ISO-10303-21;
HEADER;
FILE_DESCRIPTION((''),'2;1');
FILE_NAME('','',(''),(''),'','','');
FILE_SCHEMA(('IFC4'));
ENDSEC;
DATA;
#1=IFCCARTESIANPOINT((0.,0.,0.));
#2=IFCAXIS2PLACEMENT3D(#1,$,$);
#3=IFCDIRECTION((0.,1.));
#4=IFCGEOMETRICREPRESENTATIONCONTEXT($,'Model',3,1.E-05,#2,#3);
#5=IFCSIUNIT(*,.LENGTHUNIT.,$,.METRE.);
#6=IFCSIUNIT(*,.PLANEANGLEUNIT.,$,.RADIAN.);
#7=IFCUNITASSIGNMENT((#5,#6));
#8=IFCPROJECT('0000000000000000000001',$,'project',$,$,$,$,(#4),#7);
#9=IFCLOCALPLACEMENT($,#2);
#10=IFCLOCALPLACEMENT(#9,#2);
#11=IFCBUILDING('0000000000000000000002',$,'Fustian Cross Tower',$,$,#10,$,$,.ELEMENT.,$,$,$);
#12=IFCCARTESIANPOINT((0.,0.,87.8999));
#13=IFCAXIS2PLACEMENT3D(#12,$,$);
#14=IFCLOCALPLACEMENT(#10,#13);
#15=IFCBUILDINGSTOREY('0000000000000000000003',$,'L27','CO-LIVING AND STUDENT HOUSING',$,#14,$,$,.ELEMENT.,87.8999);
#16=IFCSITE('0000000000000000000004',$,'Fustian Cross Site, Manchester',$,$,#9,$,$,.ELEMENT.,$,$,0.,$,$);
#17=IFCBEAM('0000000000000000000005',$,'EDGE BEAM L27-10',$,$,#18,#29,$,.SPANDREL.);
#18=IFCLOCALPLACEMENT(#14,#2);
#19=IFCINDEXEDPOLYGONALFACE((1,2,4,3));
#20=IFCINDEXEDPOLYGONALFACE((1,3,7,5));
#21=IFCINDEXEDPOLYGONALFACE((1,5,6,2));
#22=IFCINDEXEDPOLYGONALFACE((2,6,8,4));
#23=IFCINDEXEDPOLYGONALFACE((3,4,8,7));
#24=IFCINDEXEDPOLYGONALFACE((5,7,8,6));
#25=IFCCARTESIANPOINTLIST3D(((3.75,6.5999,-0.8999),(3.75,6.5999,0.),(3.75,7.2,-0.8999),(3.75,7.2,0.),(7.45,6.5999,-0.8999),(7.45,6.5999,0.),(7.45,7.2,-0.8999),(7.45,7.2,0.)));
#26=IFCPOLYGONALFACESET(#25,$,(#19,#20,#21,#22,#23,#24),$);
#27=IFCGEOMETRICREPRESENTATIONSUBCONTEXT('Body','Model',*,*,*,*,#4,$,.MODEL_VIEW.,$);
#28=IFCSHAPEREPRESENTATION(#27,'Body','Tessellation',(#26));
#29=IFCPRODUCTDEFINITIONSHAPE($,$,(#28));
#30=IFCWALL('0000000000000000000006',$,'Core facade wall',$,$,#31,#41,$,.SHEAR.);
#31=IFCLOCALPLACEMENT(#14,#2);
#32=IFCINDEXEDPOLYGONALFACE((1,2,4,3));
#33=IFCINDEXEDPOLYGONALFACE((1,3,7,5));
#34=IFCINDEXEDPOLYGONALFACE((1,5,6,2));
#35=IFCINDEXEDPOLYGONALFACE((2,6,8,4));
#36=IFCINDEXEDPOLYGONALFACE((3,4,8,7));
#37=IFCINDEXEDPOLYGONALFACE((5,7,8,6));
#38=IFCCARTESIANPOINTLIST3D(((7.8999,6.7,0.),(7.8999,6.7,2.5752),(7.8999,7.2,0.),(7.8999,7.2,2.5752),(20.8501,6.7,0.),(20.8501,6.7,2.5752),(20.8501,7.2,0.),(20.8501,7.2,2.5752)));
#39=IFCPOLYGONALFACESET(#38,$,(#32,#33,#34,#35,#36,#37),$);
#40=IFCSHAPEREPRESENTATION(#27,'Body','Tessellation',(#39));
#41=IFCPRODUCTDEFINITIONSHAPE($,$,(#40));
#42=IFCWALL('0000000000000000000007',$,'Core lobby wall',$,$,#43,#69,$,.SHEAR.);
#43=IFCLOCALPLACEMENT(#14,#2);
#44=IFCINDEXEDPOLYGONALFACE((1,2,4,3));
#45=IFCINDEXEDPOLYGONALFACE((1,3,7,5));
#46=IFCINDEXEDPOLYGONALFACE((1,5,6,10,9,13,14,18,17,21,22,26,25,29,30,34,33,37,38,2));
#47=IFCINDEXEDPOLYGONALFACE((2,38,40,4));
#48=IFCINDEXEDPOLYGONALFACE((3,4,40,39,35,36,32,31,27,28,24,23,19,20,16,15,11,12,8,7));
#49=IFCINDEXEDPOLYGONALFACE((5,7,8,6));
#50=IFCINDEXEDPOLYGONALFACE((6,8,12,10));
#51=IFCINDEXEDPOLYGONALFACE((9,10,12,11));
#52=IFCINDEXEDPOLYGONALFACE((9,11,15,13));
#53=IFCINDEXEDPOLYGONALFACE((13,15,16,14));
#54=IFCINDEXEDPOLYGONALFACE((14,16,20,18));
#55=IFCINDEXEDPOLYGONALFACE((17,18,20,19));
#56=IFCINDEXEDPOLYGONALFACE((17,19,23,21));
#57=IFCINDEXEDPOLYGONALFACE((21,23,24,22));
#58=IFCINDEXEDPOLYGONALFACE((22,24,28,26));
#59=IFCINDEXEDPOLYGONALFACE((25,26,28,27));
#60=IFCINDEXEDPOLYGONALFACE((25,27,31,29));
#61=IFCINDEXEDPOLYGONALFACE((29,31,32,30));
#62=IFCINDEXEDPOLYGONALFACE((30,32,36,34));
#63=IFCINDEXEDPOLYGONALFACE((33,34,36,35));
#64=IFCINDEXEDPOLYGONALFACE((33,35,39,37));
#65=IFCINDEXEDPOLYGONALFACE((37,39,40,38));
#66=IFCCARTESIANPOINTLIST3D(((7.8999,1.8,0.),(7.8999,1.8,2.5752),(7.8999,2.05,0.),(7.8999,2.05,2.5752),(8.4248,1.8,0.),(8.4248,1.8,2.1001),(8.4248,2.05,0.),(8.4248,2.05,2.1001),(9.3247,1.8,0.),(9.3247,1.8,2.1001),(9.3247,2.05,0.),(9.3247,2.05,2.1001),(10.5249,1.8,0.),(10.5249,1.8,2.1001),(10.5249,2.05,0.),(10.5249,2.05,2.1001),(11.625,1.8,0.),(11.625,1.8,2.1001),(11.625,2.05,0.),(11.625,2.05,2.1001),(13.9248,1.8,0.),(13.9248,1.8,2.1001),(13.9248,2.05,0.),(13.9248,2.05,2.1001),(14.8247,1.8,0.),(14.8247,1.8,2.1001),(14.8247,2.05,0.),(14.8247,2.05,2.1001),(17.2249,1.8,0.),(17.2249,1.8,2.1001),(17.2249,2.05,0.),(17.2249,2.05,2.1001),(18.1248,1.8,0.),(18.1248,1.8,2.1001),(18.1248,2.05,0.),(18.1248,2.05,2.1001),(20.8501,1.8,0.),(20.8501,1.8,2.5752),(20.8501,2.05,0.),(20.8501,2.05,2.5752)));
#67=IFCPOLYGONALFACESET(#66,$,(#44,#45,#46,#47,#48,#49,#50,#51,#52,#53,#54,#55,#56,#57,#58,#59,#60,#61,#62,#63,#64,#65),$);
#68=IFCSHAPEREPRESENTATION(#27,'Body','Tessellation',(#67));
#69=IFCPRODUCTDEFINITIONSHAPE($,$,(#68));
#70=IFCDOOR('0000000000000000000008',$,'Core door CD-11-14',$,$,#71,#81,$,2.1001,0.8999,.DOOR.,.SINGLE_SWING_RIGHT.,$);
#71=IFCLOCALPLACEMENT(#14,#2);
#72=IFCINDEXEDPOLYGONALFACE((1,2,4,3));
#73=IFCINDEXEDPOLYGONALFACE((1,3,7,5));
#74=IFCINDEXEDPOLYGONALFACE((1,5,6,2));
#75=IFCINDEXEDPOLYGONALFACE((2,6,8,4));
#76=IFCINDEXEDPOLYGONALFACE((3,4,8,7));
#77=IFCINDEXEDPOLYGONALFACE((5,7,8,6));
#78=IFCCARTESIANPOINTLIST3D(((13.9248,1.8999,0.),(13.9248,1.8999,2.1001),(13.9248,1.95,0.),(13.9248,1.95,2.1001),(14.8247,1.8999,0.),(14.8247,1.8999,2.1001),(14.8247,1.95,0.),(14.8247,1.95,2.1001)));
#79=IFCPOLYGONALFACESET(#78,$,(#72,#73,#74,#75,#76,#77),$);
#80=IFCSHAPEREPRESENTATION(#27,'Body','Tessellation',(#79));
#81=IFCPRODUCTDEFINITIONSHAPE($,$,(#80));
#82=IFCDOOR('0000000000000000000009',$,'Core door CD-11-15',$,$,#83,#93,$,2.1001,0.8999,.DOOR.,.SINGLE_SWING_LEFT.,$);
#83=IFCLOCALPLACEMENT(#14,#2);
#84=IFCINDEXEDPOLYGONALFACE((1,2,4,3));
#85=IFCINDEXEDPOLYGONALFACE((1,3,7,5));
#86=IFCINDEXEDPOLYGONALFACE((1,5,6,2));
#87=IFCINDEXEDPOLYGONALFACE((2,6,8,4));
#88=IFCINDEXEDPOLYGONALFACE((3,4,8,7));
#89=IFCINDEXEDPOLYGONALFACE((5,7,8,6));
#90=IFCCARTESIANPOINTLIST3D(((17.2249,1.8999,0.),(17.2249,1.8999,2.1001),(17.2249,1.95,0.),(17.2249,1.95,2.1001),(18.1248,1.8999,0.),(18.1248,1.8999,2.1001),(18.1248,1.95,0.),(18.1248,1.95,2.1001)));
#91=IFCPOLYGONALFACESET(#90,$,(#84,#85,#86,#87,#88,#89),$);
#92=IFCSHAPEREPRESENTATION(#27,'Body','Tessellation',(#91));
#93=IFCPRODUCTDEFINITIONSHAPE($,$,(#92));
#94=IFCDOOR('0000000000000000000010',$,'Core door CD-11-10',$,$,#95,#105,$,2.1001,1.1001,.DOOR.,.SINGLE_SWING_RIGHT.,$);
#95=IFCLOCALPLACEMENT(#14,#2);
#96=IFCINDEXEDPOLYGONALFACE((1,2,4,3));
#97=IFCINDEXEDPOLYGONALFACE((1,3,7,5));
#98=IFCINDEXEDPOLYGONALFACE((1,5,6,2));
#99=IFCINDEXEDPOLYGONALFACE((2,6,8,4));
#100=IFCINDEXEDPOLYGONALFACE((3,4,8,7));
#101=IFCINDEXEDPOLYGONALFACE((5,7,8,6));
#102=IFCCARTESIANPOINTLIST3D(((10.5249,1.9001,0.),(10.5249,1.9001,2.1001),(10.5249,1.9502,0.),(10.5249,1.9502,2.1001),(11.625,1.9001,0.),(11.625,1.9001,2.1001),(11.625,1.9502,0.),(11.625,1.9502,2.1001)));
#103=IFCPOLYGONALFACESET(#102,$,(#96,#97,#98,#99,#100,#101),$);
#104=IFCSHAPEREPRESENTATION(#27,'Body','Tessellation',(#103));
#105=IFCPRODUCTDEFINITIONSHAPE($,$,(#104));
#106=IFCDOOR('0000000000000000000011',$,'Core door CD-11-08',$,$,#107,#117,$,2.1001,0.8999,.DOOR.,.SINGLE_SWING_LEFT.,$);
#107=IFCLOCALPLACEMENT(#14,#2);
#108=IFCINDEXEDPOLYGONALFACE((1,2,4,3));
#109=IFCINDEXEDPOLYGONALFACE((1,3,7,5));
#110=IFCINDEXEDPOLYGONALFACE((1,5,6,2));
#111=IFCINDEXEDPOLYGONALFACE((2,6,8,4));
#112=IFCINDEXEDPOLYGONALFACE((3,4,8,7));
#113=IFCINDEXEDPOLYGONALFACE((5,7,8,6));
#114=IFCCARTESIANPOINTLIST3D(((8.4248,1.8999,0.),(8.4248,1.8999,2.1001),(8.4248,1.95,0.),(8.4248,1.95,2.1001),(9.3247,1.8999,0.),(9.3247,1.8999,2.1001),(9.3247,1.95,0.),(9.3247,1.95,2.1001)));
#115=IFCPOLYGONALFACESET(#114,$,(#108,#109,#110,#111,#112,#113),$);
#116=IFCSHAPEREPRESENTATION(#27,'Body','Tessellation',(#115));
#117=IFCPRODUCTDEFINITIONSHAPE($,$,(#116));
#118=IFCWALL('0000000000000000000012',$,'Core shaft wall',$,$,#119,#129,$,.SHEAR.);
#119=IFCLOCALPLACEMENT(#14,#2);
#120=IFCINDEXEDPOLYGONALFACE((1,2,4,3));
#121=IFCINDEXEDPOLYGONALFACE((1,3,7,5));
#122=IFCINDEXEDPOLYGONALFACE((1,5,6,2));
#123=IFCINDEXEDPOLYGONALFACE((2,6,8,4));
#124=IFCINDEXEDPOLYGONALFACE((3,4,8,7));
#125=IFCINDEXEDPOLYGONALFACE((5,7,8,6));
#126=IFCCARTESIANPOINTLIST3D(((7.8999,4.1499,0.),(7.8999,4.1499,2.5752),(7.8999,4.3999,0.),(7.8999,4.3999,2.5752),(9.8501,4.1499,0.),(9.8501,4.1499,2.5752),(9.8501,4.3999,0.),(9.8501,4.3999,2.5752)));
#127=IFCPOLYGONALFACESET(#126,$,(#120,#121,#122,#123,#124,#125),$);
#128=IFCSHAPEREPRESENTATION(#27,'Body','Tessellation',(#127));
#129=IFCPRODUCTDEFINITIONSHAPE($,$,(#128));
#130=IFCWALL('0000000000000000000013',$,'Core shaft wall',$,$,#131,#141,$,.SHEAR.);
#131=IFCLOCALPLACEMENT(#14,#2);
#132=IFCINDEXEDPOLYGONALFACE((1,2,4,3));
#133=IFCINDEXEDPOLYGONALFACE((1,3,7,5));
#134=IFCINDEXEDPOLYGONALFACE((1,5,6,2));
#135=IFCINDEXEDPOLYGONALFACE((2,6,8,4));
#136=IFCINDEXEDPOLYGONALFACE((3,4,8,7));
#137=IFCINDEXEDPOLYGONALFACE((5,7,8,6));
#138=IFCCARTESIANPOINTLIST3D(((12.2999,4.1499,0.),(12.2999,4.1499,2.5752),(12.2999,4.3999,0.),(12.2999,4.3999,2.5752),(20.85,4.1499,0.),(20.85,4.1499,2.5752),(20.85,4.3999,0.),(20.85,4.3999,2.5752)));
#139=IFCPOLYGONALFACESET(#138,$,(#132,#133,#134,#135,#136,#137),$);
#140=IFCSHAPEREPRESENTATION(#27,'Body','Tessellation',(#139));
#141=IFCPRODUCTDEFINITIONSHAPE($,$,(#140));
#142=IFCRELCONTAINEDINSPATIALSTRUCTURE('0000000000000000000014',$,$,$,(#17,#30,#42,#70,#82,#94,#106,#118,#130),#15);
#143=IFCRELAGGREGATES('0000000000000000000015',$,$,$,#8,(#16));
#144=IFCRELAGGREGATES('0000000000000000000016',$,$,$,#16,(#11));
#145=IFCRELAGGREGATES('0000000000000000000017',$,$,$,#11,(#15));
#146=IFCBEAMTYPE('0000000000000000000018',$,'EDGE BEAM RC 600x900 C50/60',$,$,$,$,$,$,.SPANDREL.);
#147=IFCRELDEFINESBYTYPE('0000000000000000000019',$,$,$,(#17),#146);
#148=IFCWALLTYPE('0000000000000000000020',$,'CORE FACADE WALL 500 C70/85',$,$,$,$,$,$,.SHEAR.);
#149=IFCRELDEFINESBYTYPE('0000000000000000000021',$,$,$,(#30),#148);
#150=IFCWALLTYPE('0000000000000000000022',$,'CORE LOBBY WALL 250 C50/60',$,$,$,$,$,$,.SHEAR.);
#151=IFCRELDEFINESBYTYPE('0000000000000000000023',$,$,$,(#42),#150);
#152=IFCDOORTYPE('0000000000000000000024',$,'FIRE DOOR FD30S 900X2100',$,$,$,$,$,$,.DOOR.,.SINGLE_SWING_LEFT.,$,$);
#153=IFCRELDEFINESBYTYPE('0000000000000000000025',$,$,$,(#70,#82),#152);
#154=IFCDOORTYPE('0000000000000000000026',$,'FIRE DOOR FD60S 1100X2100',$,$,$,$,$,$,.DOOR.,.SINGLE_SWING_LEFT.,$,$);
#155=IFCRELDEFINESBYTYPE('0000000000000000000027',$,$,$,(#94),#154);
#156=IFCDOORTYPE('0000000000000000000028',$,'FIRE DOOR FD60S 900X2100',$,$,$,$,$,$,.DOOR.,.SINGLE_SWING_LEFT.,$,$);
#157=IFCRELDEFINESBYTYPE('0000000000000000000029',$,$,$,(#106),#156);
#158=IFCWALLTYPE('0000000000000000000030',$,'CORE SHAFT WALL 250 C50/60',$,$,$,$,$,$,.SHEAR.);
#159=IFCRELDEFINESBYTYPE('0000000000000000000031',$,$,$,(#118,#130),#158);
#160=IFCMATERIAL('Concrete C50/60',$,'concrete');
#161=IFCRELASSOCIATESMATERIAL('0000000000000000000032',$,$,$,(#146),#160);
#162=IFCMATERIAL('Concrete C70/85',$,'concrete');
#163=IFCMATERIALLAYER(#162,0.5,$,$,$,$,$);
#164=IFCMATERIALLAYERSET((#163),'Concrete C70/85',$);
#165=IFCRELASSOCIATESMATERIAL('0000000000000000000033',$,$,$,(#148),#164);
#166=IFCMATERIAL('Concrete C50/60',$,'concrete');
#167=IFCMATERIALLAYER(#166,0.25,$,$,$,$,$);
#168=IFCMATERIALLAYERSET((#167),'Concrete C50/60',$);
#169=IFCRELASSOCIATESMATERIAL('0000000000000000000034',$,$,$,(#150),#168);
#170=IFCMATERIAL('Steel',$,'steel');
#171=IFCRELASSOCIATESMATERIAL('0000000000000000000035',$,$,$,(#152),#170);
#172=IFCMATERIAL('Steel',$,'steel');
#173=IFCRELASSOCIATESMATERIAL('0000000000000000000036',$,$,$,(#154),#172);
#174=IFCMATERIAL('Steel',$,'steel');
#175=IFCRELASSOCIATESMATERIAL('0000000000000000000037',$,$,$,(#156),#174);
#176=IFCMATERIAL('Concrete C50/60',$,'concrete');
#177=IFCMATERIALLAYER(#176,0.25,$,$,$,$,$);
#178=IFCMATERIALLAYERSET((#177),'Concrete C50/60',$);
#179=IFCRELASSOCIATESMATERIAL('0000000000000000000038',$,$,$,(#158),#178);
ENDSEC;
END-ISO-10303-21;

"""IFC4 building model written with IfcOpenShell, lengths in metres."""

from ifc_helpers import new_model, si_unit, direction, frame, frame_2d, origin, origin_2d, place, context, subcontext, project, spatial, rectangle, extrude, material, layer, layer_set, material_profile, profile_set, type_object, element, fill, save


model = new_model("IFC4")

# Units and contexts
model_context = context("Model", 3, precision=1e-05, world=origin(), true_north=direction((0.0, 1.0)))
body_context = subcontext(model_context, "Body", "Model", "MODEL_VIEW")
ifc_project = project(units=[si_unit("LENGTHUNIT", "METRE"), si_unit("PLANEANGLEUNIT", "RADIAN")], contexts=[model_context])

# Site, building, storey
site_placement = place(None, origin())
site = spatial("IfcSite", under=ifc_project, at=site_placement, Name="Fustian Cross Site, Manchester", CompositionType="ELEMENT", RefElevation=0.0)
building_placement = place(site_placement, origin())
building = spatial("IfcBuilding", under=site, at=building_placement, Name="Fustian Cross Tower", CompositionType="ELEMENT")
storey_placement = place(building_placement, frame((0.0, 0.0, 87.8999)))
storey = spatial("IfcBuildingStorey", under=building, at=storey_placement, Name="L27", Description="CO-LIVING AND STUDENT HOUSING", CompositionType="ELEMENT", Elevation=87.8999)

# Beam
ifc_material_1 = material(Name="Concrete C50/60", Category="concrete")
ifc_material_profile = material_profile(ifc_material_1, rectangle(XDim=0.6001, YDim=0.8999, at=origin_2d()), Name="RC 600x900")
ifc_profile_set = profile_set([ifc_material_profile], Name="Concrete C50/60")
beam_type = type_object("IfcBeamType", Name="EDGE BEAM RC 600x900 C50/60", PredefinedType="SPANDREL", material=ifc_profile_set)
beam_placement = place(storey_placement, frame((7.45, 6.8999, -0.45), z_axis=(-1.0, 0.0, 0.0), x_axis=(0.0, -1.0, 0.0)))
element("IfcBeam", 1, at=beam_placement, inside=storey, type_object=beam_type, Name="EDGE BEAM L27-10", PredefinedType="SPANDREL", context=body_context, shape_type="SweptSolid", body=[
    extrude(rectangle(XDim=0.6001, YDim=0.8999, at=origin_2d()), origin(), (0.0, 0.0, 1.0), 3.7),
])

# Wall
ifc_material_2 = material(Name="Concrete C70/85", Category="concrete")
ifc_layer_1 = layer(ifc_material_2, 0.5)
ifc_layer_set_1 = layer_set([ifc_layer_1], Name="Concrete C70/85")
wall_type_1 = type_object("IfcWallType", Name="CORE FACADE WALL 500 C70/85", PredefinedType="SHEAR", material=ifc_layer_set_1)
wall_1_placement = place(storey_placement, frame((7.8999, 6.95, 0.0), z_axis=(0.0, 0.0, 1.0), x_axis=(1.0, 0.0, 0.0)))
element("IfcWall", 2, at=wall_1_placement, inside=storey, type_object=wall_type_1, Name="Core facade wall", PredefinedType="SHEAR", context=body_context, shape_type="SweptSolid", body=[
    extrude(rectangle(XDim=12.9502, YDim=0.5, at=frame_2d((6.4751, 0.0))), origin(), (0.0, 0.0, 1.0), 2.5752),
])

# Wall, openings, doors
ifc_material_3 = material(Name="Concrete C50/60", Category="concrete")
ifc_layer_2 = layer(ifc_material_3, 0.25)
ifc_layer_set_2 = layer_set([ifc_layer_2], Name="Concrete C50/60")
wall_type_2 = type_object("IfcWallType", Name="CORE LOBBY WALL 250 C50/60", PredefinedType="SHEAR", material=ifc_layer_set_2)
wall_2_placement = place(storey_placement, frame((7.8999, 1.925, 0.0), z_axis=(0.0, 0.0, 1.0), x_axis=(1.0, 0.0, 0.0)))
wall_2 = element("IfcWall", 3, at=wall_2_placement, inside=storey, type_object=wall_type_2, Name="Core lobby wall", PredefinedType="SHEAR", context=body_context, shape_type="SweptSolid", body=[
    extrude(rectangle(XDim=12.9502, YDim=0.25, at=frame_2d((6.4751, 0.0))), origin(), (0.0, 0.0, 1.0), 2.5752),
])
opening_1_placement = place(wall_2_placement, frame((0.5249, 0.0, 0.0)))
opening_1 = element("IfcOpeningElement", 4, at=opening_1_placement, cuts=wall_2, PredefinedType="OPENING", context=body_context, shape_type="SweptSolid", body=[
    extrude(rectangle(XDim=0.8999, YDim=2.1001, at=frame_2d((0.45, 1.05))), frame((0.0, 0.135, 0.0), z_axis=(0.0, -1.0, 0.0), x_axis=(1.0, 0.0, 0.0)), (0.0, 0.0, 1.0), 0.27),
])
opening_2_placement = place(wall_2_placement, frame((2.625, 0.0, 0.0)))
opening_2 = element("IfcOpeningElement", 5, at=opening_2_placement, cuts=wall_2, PredefinedType="OPENING", context=body_context, shape_type="SweptSolid", body=[
    extrude(rectangle(XDim=1.1001, YDim=2.1001, at=frame_2d((0.55, 1.05))), frame((0.0, 0.135, 0.0), z_axis=(0.0, -1.0, 0.0), x_axis=(1.0, 0.0, 0.0)), (0.0, 0.0, 1.0), 0.27),
])
opening_3_placement = place(wall_2_placement, frame((6.0249, 0.0, 0.0)))
opening_3 = element("IfcOpeningElement", 6, at=opening_3_placement, cuts=wall_2, PredefinedType="OPENING", context=body_context, shape_type="SweptSolid", body=[
    extrude(rectangle(XDim=0.8999, YDim=2.1001, at=frame_2d((0.45, 1.05))), frame((0.0, 0.135, 0.0), z_axis=(0.0, -1.0, 0.0), x_axis=(1.0, 0.0, 0.0)), (0.0, 0.0, 1.0), 0.27),
])
opening_4_placement = place(wall_2_placement, frame((9.325, 0.0, 0.0)))
opening_4 = element("IfcOpeningElement", 7, at=opening_4_placement, cuts=wall_2, PredefinedType="OPENING", context=body_context, shape_type="SweptSolid", body=[
    extrude(rectangle(XDim=0.8999, YDim=2.1001, at=frame_2d((0.45, 1.05))), frame((0.0, 0.135, 0.0), z_axis=(0.0, -1.0, 0.0), x_axis=(1.0, 0.0, 0.0)), (0.0, 0.0, 1.0), 0.27),
])
ifc_material_4 = material(Name="Steel", Category="steel")
door_type_1 = type_object("IfcDoorType", Name="FIRE DOOR FD30S 900X2100", OperationType="SINGLE_SWING_LEFT", PredefinedType="DOOR", material=ifc_material_4)
door_1_placement = place(opening_3_placement, origin())
door_1 = element("IfcDoor", 8, at=door_1_placement, inside=storey, type_object=door_type_1, Name="Core door CD-11-14", OperationType="SINGLE_SWING_RIGHT", OverallHeight=2.1001, OverallWidth=0.8999, PredefinedType="DOOR", context=body_context, shape_type="SweptSolid", body=[
    extrude(rectangle(XDim=0.8999, YDim=2.1001, at=frame_2d((0.45, 1.05))), frame((0.0, 0.0249, 0.0), z_axis=(0.0, -1.0, 0.0), x_axis=(1.0, 0.0, 0.0)), (0.0, 0.0, 1.0), 0.05),
])
fill(opening_3, door_1)
door_2_placement = place(opening_4_placement, origin())
door_2 = element("IfcDoor", 9, at=door_2_placement, inside=storey, type_object=door_type_1, Name="Core door CD-11-15", OperationType="SINGLE_SWING_LEFT", OverallHeight=2.1001, OverallWidth=0.8999, PredefinedType="DOOR", context=body_context, shape_type="SweptSolid", body=[
    extrude(rectangle(XDim=0.8999, YDim=2.1001, at=frame_2d((0.45, 1.05))), frame((0.0, 0.0249, 0.0), z_axis=(0.0, -1.0, 0.0), x_axis=(1.0, 0.0, 0.0)), (0.0, 0.0, 1.0), 0.05),
])
fill(opening_4, door_2)
ifc_material_5 = material(Name="Steel", Category="steel")
door_type_2 = type_object("IfcDoorType", Name="FIRE DOOR FD60S 1100X2100", OperationType="SINGLE_SWING_LEFT", PredefinedType="DOOR", material=ifc_material_5)
door_3_placement = place(opening_2_placement, frame((1.1001, 0.0, 0.0), z_axis=(0.0, 0.0, 1.0), x_axis=(-1.0, 0.0, 0.0)))
door_3 = element("IfcDoor", 10, at=door_3_placement, inside=storey, type_object=door_type_2, Name="Core door CD-11-10", OperationType="SINGLE_SWING_RIGHT", OverallHeight=2.1001, OverallWidth=1.1001, PredefinedType="DOOR", context=body_context, shape_type="SweptSolid", body=[
    extrude(rectangle(XDim=1.1001, YDim=2.1001, at=frame_2d((0.55, 1.05))), frame((0.0, 0.0249, 0.0), z_axis=(0.0, -1.0, 0.0), x_axis=(1.0, 0.0, 0.0)), (0.0, 0.0, 1.0), 0.05),
])
fill(opening_2, door_3)
ifc_material_6 = material(Name="Steel", Category="steel")
door_type_3 = type_object("IfcDoorType", Name="FIRE DOOR FD60S 900X2100", OperationType="SINGLE_SWING_LEFT", PredefinedType="DOOR", material=ifc_material_6)
door_4_placement = place(opening_1_placement, origin())
door_4 = element("IfcDoor", 11, at=door_4_placement, inside=storey, type_object=door_type_3, Name="Core door CD-11-08", OperationType="SINGLE_SWING_LEFT", OverallHeight=2.1001, OverallWidth=0.8999, PredefinedType="DOOR", context=body_context, shape_type="SweptSolid", body=[
    extrude(rectangle(XDim=0.8999, YDim=2.1001, at=frame_2d((0.45, 1.05))), frame((0.0, 0.0249, 0.0), z_axis=(0.0, -1.0, 0.0), x_axis=(1.0, 0.0, 0.0)), (0.0, 0.0, 1.0), 0.05),
])
fill(opening_1, door_4)

# Walls
ifc_material_7 = material(Name="Concrete C50/60", Category="concrete")
ifc_layer_3 = layer(ifc_material_7, 0.25)
ifc_layer_set_3 = layer_set([ifc_layer_3], Name="Concrete C50/60")
wall_type_3 = type_object("IfcWallType", Name="CORE SHAFT WALL 250 C50/60", PredefinedType="SHEAR", material=ifc_layer_set_3)
wall_3_placement = place(storey_placement, frame((7.8999, 4.2749, 0.0), z_axis=(0.0, 0.0, 1.0), x_axis=(1.0, 0.0, 0.0)))
element("IfcWall", 12, at=wall_3_placement, inside=storey, type_object=wall_type_3, Name="Core shaft wall", PredefinedType="SHEAR", context=body_context, shape_type="SweptSolid", body=[
    extrude(rectangle(XDim=1.9502, YDim=0.25, at=frame_2d((0.9751, 0.0))), origin(), (0.0, 0.0, 1.0), 2.5752),
])
wall_4_placement = place(storey_placement, frame((12.3, 4.2749, 0.0), z_axis=(0.0, 0.0, 1.0), x_axis=(1.0, 0.0, 0.0)))
element("IfcWall", 13, at=wall_4_placement, inside=storey, type_object=wall_type_3, Name="Core shaft wall", PredefinedType="SHEAR", context=body_context, shape_type="SweptSolid", body=[
    extrude(rectangle(XDim=8.55, YDim=0.25, at=frame_2d((4.2749, 0.0))), origin(), (0.0, 0.0, 1.0), 2.5752),
])

save(model, "model.ifc")
